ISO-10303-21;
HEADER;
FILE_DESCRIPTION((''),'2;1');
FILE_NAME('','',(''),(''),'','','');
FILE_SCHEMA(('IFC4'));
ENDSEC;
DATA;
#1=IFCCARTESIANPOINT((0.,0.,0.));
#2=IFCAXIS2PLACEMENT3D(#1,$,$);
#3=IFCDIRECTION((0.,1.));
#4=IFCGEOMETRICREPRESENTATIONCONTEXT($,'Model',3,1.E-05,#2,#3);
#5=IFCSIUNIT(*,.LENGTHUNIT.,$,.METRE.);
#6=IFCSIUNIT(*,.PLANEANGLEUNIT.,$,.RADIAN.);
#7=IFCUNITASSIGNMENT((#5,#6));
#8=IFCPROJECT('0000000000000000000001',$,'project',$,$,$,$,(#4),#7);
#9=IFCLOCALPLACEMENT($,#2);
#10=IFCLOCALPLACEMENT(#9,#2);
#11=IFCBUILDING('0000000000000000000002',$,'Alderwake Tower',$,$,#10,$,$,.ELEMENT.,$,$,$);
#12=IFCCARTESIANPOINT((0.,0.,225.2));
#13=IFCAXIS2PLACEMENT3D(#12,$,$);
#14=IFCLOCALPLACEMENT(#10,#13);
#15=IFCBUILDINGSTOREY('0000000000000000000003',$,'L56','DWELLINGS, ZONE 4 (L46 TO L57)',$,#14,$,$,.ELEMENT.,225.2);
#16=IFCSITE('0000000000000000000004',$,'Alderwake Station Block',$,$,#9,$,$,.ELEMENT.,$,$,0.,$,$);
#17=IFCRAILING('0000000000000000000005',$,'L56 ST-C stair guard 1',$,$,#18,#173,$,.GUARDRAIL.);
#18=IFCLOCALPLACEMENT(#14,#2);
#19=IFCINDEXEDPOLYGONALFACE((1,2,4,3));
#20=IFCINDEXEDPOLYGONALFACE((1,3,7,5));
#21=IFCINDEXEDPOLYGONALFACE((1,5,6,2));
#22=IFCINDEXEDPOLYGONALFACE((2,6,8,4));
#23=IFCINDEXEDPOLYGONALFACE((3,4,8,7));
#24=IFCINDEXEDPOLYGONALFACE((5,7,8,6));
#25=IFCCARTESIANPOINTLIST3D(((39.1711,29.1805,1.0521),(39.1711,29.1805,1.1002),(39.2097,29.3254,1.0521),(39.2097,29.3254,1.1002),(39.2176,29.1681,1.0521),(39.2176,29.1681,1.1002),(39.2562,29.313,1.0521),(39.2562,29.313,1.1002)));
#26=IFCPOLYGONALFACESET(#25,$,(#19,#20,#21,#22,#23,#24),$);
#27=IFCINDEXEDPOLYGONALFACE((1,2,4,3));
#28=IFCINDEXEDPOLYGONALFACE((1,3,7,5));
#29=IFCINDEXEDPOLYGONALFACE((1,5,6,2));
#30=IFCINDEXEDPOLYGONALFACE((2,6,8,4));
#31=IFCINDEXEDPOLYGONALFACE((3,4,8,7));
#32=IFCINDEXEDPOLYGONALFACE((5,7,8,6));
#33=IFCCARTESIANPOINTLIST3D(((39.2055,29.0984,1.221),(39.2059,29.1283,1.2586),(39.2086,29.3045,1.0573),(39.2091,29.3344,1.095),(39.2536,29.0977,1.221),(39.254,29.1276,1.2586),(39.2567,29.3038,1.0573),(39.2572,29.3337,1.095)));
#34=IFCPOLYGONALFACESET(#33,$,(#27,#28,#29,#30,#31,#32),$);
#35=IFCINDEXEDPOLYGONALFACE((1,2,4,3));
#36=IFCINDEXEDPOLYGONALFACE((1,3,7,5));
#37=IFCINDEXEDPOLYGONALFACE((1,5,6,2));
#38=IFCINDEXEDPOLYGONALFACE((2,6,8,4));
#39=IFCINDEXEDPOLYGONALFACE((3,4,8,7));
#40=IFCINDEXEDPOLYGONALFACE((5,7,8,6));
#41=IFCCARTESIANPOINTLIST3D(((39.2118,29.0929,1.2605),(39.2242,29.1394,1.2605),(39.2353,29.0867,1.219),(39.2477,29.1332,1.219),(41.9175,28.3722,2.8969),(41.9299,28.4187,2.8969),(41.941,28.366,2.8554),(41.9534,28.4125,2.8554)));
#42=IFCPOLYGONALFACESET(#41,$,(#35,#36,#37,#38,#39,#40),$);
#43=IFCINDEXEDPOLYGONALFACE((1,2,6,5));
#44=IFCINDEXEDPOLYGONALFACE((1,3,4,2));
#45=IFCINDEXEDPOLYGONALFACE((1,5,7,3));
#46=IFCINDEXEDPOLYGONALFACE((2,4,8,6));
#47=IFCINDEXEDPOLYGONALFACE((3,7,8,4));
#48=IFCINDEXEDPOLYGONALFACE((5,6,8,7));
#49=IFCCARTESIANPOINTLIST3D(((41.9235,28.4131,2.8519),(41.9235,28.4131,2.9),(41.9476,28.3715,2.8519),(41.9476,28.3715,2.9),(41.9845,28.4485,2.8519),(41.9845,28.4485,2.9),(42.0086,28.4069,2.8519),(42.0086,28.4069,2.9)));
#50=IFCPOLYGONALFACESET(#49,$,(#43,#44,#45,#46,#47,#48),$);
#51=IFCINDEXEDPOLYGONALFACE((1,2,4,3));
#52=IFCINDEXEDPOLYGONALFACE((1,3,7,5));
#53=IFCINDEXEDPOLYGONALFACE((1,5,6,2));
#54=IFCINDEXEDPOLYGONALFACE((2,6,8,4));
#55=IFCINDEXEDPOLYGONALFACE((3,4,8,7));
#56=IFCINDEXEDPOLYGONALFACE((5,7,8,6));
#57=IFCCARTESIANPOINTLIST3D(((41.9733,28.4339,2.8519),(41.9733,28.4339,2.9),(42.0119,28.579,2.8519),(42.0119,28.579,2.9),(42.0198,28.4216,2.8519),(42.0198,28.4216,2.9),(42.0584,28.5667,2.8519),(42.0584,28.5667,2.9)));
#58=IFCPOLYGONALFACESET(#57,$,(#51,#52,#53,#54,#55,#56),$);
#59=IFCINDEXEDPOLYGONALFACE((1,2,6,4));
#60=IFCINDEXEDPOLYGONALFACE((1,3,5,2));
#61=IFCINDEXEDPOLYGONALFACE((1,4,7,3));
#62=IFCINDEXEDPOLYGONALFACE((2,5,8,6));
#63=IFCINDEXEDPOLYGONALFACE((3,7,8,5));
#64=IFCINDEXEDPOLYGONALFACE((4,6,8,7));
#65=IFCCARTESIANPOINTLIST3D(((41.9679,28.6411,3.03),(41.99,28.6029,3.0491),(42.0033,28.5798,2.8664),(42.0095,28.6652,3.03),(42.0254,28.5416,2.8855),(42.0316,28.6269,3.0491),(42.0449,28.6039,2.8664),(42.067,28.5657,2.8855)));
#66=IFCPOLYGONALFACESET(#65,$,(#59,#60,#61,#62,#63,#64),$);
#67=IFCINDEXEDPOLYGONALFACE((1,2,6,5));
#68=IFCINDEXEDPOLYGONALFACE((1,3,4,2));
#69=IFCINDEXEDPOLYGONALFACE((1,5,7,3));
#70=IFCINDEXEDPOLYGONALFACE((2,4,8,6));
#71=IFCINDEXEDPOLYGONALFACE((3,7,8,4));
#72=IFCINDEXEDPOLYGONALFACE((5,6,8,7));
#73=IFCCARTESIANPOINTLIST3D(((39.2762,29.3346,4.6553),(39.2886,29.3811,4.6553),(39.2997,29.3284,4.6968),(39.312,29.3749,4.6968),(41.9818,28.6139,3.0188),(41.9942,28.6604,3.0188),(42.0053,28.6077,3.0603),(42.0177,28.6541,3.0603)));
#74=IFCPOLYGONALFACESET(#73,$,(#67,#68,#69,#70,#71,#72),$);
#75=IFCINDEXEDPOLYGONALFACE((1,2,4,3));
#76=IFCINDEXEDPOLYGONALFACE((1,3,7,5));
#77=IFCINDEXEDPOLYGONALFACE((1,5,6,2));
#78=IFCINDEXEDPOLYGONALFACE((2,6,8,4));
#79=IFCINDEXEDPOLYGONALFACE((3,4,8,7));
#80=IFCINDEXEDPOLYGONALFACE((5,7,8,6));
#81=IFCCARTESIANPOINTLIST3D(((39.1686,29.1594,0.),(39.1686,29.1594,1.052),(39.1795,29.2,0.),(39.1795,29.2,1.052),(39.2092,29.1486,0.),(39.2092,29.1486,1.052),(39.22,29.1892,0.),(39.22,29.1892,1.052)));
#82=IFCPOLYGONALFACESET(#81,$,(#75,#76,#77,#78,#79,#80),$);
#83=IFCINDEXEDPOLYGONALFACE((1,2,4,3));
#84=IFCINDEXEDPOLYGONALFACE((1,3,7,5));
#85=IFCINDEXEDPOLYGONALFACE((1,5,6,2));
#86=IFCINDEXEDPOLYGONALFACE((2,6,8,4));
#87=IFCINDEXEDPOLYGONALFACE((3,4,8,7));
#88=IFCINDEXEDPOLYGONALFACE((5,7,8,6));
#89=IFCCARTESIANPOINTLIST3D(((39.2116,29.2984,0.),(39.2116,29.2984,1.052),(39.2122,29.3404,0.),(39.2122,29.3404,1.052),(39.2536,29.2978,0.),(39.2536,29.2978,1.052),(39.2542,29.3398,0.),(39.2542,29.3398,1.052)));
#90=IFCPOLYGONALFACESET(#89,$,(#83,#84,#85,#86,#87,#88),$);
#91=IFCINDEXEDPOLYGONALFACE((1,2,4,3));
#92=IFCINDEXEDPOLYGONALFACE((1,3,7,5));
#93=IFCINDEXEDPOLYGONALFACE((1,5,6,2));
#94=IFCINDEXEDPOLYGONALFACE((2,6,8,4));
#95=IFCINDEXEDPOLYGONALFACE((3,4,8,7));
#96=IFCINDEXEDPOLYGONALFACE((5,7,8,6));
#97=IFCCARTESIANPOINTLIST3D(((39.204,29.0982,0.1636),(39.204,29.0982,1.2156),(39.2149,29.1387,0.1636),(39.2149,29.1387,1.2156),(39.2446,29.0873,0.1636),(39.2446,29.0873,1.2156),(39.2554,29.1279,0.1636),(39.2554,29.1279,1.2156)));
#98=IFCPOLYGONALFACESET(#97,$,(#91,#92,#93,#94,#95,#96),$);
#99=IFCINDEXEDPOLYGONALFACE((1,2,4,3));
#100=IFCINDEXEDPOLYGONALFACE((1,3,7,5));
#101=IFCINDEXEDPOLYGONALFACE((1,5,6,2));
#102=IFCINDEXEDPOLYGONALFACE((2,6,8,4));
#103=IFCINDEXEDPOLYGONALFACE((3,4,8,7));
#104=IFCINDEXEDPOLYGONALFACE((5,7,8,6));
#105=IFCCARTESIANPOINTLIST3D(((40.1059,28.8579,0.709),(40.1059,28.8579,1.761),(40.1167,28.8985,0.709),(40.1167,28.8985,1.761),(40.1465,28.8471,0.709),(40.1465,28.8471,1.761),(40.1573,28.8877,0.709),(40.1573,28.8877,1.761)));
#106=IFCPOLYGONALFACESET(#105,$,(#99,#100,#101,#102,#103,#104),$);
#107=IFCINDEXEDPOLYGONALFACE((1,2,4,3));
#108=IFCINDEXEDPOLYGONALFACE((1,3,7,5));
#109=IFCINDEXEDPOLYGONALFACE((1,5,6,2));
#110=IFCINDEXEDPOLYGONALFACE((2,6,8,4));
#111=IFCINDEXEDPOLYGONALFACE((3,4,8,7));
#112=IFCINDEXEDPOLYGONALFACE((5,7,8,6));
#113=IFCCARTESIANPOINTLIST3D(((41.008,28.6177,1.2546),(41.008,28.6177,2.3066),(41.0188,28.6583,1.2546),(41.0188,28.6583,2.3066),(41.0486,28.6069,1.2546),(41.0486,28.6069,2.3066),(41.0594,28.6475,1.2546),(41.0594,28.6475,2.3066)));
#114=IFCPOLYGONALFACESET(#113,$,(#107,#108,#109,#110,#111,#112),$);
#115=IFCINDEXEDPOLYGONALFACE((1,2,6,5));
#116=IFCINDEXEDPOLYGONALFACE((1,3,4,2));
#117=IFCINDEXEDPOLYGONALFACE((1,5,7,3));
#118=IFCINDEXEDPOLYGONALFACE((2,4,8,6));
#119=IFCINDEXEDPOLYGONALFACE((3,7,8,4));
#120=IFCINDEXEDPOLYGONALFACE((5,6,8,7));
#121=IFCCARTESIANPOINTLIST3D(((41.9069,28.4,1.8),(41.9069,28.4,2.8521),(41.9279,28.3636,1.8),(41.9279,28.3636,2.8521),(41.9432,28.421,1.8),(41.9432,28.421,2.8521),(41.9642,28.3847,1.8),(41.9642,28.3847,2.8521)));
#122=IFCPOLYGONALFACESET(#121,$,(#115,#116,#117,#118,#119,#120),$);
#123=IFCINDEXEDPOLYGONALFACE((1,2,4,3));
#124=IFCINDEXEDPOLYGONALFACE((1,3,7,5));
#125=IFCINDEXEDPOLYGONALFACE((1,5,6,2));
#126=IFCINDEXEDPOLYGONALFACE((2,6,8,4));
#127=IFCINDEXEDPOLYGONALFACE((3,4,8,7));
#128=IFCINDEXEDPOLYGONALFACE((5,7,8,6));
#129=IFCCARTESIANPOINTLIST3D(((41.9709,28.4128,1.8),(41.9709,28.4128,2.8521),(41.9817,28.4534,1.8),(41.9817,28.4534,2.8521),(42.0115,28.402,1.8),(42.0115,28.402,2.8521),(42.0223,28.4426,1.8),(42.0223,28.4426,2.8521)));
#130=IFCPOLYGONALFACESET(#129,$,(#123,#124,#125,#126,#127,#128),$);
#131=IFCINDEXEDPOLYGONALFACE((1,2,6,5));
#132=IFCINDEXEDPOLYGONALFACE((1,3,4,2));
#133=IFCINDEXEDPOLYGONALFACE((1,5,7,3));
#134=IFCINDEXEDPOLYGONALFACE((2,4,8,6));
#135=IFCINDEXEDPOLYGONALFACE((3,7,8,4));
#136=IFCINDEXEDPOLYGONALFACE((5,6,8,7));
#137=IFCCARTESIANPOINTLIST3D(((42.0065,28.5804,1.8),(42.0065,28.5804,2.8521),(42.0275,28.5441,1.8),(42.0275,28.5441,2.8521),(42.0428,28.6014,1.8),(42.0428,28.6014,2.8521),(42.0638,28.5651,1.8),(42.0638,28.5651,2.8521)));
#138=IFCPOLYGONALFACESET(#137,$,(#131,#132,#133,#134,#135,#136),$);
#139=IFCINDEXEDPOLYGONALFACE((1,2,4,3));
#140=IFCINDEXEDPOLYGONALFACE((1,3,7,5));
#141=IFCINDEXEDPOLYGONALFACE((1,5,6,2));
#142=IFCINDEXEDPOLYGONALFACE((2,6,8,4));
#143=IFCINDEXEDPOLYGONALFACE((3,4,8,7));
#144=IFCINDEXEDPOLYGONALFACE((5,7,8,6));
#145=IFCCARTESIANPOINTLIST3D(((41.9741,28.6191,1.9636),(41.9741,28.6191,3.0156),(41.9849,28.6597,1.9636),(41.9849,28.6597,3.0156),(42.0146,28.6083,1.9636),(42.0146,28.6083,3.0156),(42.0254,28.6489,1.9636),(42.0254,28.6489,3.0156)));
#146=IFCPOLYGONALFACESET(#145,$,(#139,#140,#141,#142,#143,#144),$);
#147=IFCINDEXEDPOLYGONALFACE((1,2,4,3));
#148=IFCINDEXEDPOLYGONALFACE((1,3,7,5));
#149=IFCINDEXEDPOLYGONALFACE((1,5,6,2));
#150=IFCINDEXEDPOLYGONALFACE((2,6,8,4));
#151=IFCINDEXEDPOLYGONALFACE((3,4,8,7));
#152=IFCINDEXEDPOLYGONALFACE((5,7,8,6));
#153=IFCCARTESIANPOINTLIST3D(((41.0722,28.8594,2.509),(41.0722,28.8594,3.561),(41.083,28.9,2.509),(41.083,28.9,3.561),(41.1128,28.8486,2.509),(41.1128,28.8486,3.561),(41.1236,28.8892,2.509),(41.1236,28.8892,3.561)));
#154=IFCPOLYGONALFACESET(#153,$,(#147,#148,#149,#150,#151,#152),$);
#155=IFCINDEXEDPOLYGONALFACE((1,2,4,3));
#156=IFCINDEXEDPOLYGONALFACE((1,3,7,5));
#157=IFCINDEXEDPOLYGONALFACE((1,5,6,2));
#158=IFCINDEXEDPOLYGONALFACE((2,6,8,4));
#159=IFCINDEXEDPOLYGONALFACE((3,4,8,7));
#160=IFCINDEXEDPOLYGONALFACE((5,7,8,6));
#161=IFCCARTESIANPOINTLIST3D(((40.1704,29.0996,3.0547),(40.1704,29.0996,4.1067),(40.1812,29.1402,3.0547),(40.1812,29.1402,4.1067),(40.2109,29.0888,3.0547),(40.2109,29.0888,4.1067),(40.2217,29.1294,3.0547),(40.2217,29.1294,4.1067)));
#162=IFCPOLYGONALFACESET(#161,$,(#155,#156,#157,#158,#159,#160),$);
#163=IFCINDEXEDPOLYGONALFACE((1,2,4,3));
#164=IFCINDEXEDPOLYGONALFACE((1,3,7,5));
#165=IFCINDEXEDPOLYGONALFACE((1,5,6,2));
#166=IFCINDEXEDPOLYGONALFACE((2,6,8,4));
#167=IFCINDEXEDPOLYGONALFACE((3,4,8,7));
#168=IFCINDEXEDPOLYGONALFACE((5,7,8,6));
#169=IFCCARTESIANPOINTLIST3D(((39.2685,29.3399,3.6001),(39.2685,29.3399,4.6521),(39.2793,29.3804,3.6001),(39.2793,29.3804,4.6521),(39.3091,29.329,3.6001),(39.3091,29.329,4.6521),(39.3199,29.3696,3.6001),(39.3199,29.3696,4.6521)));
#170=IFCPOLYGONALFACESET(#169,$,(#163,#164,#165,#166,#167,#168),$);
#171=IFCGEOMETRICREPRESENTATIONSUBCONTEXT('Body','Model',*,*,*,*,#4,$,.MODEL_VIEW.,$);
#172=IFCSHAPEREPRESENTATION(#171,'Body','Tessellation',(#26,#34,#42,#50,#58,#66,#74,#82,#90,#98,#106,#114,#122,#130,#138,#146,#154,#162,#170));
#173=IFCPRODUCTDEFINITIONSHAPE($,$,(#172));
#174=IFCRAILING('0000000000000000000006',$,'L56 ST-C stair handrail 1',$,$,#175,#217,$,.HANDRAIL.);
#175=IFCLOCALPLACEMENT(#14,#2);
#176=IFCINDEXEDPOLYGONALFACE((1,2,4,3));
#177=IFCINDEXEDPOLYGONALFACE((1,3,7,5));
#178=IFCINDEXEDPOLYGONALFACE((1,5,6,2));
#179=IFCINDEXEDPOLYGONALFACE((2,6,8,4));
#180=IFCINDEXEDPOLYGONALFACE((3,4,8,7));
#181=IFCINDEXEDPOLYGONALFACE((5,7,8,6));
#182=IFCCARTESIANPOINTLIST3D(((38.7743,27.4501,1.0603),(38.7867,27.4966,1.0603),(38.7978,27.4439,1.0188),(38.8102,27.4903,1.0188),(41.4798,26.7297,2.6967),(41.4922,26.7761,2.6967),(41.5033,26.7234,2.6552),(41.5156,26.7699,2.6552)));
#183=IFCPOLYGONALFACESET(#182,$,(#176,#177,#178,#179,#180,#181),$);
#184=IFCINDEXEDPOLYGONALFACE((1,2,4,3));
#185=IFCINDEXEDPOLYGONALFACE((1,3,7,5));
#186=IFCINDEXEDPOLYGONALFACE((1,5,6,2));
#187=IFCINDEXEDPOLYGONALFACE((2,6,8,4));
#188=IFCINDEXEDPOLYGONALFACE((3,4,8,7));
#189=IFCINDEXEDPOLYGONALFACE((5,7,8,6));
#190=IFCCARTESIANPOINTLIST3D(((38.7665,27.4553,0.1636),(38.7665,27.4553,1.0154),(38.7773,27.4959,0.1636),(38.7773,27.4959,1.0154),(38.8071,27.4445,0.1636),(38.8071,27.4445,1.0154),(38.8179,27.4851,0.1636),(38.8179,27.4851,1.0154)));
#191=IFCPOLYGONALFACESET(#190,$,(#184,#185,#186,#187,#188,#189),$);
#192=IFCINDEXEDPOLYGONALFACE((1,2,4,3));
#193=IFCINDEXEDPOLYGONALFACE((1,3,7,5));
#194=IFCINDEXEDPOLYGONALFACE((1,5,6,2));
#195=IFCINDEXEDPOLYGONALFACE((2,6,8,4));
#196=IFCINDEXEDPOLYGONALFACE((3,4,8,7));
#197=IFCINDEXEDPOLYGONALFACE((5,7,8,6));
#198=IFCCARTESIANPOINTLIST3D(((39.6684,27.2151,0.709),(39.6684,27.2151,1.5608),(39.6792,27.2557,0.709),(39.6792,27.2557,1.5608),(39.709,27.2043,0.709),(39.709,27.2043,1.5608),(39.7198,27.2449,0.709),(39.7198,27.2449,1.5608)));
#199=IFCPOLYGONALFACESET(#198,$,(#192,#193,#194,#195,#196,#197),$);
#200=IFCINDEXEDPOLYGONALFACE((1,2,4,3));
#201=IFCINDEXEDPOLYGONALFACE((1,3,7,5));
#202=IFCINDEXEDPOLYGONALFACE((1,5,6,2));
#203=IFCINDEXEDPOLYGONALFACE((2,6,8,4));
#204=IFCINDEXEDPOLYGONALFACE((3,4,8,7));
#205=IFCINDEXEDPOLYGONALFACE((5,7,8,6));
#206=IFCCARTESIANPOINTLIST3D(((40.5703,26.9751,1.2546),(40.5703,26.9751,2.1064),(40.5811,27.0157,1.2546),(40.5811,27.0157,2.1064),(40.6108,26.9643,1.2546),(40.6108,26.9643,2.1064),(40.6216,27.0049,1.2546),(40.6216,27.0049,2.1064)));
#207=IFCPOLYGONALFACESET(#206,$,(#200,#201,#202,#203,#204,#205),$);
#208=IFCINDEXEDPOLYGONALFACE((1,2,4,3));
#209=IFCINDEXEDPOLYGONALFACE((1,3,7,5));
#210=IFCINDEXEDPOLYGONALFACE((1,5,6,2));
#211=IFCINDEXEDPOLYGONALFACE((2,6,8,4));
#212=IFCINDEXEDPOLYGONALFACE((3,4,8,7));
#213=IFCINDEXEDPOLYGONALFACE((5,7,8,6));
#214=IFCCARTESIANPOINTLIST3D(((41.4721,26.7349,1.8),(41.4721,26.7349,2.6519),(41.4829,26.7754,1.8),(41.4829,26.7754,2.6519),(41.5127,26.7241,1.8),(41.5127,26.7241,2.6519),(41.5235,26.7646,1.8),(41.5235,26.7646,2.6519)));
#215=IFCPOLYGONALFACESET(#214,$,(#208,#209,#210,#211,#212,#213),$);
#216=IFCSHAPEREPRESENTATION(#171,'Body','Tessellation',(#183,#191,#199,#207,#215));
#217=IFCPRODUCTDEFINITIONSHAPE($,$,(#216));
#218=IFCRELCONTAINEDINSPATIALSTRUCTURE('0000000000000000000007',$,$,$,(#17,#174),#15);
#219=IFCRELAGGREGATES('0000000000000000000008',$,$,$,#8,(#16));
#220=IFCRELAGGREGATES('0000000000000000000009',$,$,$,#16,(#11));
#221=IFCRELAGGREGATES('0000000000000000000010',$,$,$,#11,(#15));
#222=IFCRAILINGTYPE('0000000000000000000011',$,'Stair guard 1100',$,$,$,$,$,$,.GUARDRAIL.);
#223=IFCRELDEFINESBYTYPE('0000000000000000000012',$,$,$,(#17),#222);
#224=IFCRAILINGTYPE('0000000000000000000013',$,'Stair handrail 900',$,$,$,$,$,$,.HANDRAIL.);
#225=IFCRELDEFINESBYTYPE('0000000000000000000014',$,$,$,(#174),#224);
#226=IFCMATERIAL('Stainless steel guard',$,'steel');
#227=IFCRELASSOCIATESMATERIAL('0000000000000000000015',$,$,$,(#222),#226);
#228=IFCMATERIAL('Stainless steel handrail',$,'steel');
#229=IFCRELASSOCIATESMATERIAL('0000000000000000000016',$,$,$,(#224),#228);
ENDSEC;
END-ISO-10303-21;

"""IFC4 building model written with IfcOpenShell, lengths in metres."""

from ifc_helpers import new_model, si_unit, direction, frame, origin, origin_2d, place, context, subcontext, project, spatial, rectangle, extrude, material, type_object, element, save


model = new_model("IFC4")

# Units and contexts
model_context = context("Model", 3, precision=1e-05, world=origin(), true_north=direction((0.0, 1.0)))
body_context = subcontext(model_context, "Body", "Model", "MODEL_VIEW")
ifc_project = project(units=[si_unit("LENGTHUNIT", "METRE"), si_unit("PLANEANGLEUNIT", "RADIAN")], contexts=[model_context])

# Site, building, storey
site_placement = place(None, origin())
site = spatial("IfcSite", under=ifc_project, at=site_placement, Name="Alderwake Station Block", CompositionType="ELEMENT", RefElevation=0.0)
building_placement = place(site_placement, origin())
building = spatial("IfcBuilding", under=site, at=building_placement, Name="Alderwake Tower", CompositionType="ELEMENT")
storey_placement = place(building_placement, frame((0.0, 0.0, 225.2)))
storey = spatial("IfcBuildingStorey", under=building, at=storey_placement, Name="L56", Description="DWELLINGS, ZONE 4 (L46 TO L57)", CompositionType="ELEMENT", Elevation=225.2)

# Railings
ifc_material_1 = material(Name="Stainless steel guard", Category="steel")
railing_type_1 = type_object("IfcRailingType", Name="Stair guard 1100", PredefinedType="GUARDRAIL", material=ifc_material_1)
railing_1_placement = place(storey_placement, frame((39.1943, 29.1743, 0.0)))
element("IfcRailing", 1, at=railing_1_placement, inside=storey, type_object=railing_type_1, Name="L56 ST-C stair guard 1", PredefinedType="GUARDRAIL", context=body_context, shape_type="SweptSolid", body=[
    extrude(rectangle(XDim=0.0481, YDim=0.0481, at=origin_2d()), frame((0.0, 0.0, 1.0762), z_axis=(0.25746, 0.966289, 0.0), x_axis=(-0.966289, 0.25746, 0.0)), (0.0, 0.0, 1.0), 0.1499),
    extrude(rectangle(XDim=0.0481, YDim=0.0481, at=origin_2d()), frame((0.0386, 0.1448, 1.0762), z_axis=(-0.012063, -0.78316, 0.621703), x_axis=(0.999881, -0.015401, 0.0)), (0.0, 0.0, 1.0), 0.2632),
    extrude(rectangle(XDim=0.0481, YDim=0.0481, at=origin_2d()), frame((0.0354, -0.0613, 1.2397), z_axis=(0.834282, -0.222214, 0.504574), x_axis=(0.25738, 0.96631, 0.0)), (0.0, 0.0, 1.0), 3.2432),
    extrude(rectangle(XDim=0.0481, YDim=0.0481, at=origin_2d()), frame((2.7412, -0.782, 2.876), z_axis=(0.865031, 0.501718, 0.0), x_axis=(-0.501718, 0.865031, 0.0)), (0.0, 0.0, 1.0), 0.0706),
    extrude(rectangle(XDim=0.0481, YDim=0.0481, at=origin_2d()), frame((2.8022, -0.7466, 2.876), z_axis=(0.257055, 0.966397, 0.0), x_axis=(-0.966397, 0.257055, 0.0)), (0.0, 0.0, 1.0), 0.1501),
    extrude(rectangle(XDim=0.0481, YDim=0.0481, at=origin_2d()), frame((2.8408, -0.6016, 2.876), z_axis=(-0.198625, 0.343827, 0.917786), x_axis=(-0.865898, -0.50022, 0.0)), (0.0, 0.0, 1.0), 0.1782),
    extrude(rectangle(XDim=0.0481, YDim=0.0481, at=origin_2d()), frame((2.8054, -0.5403, 3.0396), z_axis=(-0.834259, 0.222228, 0.504605), x_axis=(-0.257402, -0.966304, 0.0)), (0.0, 0.0, 1.0), 3.2432),
    extrude(rectangle(XDim=0.042, YDim=0.042, at=origin_2d()), frame((0.0, 0.0, 0.0), z_axis=(0.0, 0.0, 1.0), x_axis=(0.25746, 0.966289, 0.0)), (0.0, 0.0, 1.0), 1.052),
    extrude(rectangle(XDim=0.042, YDim=0.042, at=origin_2d()), frame((0.0386, 0.1448, 0.0), z_axis=(0.0, 0.0, 1.0), x_axis=(-0.015401, -0.999881, 0.0)), (0.0, 0.0, 1.0), 1.052),
    extrude(rectangle(XDim=0.042, YDim=0.042, at=origin_2d()), frame((0.0354, -0.0613, 0.1636), z_axis=(0.0, 0.0, 1.0), x_axis=(0.96631, -0.25738, 0.0)), (0.0, 0.0, 1.0), 1.052),
    extrude(rectangle(XDim=0.042, YDim=0.042, at=origin_2d()), frame((0.9373, -0.3015, 0.709), z_axis=(0.0, 0.0, 1.0), x_axis=(0.96631, -0.25738, 0.0)), (0.0, 0.0, 1.0), 1.052),
    extrude(rectangle(XDim=0.042, YDim=0.042, at=origin_2d()), frame((1.8394, -0.5417, 1.2546), z_axis=(0.0, 0.0, 1.0), x_axis=(0.96631, -0.25738, 0.0)), (0.0, 0.0, 1.0), 1.052),
    extrude(rectangle(XDim=0.042, YDim=0.042, at=origin_2d()), frame((2.7412, -0.782, 1.8), z_axis=(0.0, 0.0, 1.0), x_axis=(0.865031, 0.501718, 0.0)), (0.0, 0.0, 1.0), 1.052),
    extrude(rectangle(XDim=0.042, YDim=0.042, at=origin_2d()), frame((2.8022, -0.7466, 1.8), z_axis=(0.0, 0.0, 1.0), x_axis=(0.257055, 0.966397, 0.0)), (0.0, 0.0, 1.0), 1.052),
    extrude(rectangle(XDim=0.042, YDim=0.042, at=origin_2d()), frame((2.8408, -0.6016, 1.8), z_axis=(0.0, 0.0, 1.0), x_axis=(-0.50022, 0.865898, 0.0)), (0.0, 0.0, 1.0), 1.052),
    extrude(rectangle(XDim=0.042, YDim=0.042, at=origin_2d()), frame((2.8054, -0.5403, 1.9636), z_axis=(0.0, 0.0, 1.0), x_axis=(-0.966304, 0.257402, 0.0)), (0.0, 0.0, 1.0), 1.052),
    extrude(rectangle(XDim=0.042, YDim=0.042, at=origin_2d()), frame((1.9036, -0.3, 2.509), z_axis=(0.0, 0.0, 1.0), x_axis=(-0.966304, 0.257402, 0.0)), (0.0, 0.0, 1.0), 1.052),
    extrude(rectangle(XDim=0.042, YDim=0.042, at=origin_2d()), frame((1.0017, -0.0598, 3.0547), z_axis=(0.0, 0.0, 1.0), x_axis=(-0.966304, 0.257402, 0.0)), (0.0, 0.0, 1.0), 1.052),
    extrude(rectangle(XDim=0.042, YDim=0.042, at=origin_2d()), frame((0.0999, 0.1804, 3.6001), z_axis=(0.0, 0.0, 1.0), x_axis=(-0.966304, 0.257402, 0.0)), (0.0, 0.0, 1.0), 1.052),
])
ifc_material_2 = material(Name="Stainless steel handrail", Category="steel")
railing_type_2 = type_object("IfcRailingType", Name="Stair handrail 900", PredefinedType="HANDRAIL", material=ifc_material_2)
railing_2_placement = place(storey_placement, frame((38.7922, 27.4702, 0.1636)))
element("IfcRailing", 2, at=railing_2_placement, inside=storey, type_object=railing_type_2, Name="L56 ST-C stair handrail 1", PredefinedType="HANDRAIL", context=body_context, shape_type="SweptSolid", body=[
    extrude(rectangle(XDim=0.0481, YDim=0.0481, at=origin_2d()), frame((0.0, 0.0, 0.876), z_axis=(0.834273, -0.222157, 0.504614), x_axis=(0.257321, 0.966326, 0.0)), (0.0, 0.0, 1.0), 3.2429),
    extrude(rectangle(XDim=0.042, YDim=0.042, at=origin_2d()), frame((0.0, 0.0, 0.0), z_axis=(0.0, 0.0, 1.0), x_axis=(0.966326, -0.257321, 0.0)), (0.0, 0.0, 1.0), 0.8518),
    extrude(rectangle(XDim=0.042, YDim=0.042, at=origin_2d()), frame((0.9019, -0.2402, 0.5454), z_axis=(0.0, 0.0, 1.0), x_axis=(0.966326, -0.257321, 0.0)), (0.0, 0.0, 1.0), 0.8518),
    extrude(rectangle(XDim=0.042, YDim=0.042, at=origin_2d()), frame((1.8037, -0.4802, 1.0911), z_axis=(0.0, 0.0, 1.0), x_axis=(0.966326, -0.257321, 0.0)), (0.0, 0.0, 1.0), 0.8518),
    extrude(rectangle(XDim=0.042, YDim=0.042, at=origin_2d()), frame((2.7056, -0.7205, 1.6365), z_axis=(0.0, 0.0, 1.0), x_axis=(0.966326, -0.257321, 0.0)), (0.0, 0.0, 1.0), 0.8518),
])

save(model, "model.ifc")
